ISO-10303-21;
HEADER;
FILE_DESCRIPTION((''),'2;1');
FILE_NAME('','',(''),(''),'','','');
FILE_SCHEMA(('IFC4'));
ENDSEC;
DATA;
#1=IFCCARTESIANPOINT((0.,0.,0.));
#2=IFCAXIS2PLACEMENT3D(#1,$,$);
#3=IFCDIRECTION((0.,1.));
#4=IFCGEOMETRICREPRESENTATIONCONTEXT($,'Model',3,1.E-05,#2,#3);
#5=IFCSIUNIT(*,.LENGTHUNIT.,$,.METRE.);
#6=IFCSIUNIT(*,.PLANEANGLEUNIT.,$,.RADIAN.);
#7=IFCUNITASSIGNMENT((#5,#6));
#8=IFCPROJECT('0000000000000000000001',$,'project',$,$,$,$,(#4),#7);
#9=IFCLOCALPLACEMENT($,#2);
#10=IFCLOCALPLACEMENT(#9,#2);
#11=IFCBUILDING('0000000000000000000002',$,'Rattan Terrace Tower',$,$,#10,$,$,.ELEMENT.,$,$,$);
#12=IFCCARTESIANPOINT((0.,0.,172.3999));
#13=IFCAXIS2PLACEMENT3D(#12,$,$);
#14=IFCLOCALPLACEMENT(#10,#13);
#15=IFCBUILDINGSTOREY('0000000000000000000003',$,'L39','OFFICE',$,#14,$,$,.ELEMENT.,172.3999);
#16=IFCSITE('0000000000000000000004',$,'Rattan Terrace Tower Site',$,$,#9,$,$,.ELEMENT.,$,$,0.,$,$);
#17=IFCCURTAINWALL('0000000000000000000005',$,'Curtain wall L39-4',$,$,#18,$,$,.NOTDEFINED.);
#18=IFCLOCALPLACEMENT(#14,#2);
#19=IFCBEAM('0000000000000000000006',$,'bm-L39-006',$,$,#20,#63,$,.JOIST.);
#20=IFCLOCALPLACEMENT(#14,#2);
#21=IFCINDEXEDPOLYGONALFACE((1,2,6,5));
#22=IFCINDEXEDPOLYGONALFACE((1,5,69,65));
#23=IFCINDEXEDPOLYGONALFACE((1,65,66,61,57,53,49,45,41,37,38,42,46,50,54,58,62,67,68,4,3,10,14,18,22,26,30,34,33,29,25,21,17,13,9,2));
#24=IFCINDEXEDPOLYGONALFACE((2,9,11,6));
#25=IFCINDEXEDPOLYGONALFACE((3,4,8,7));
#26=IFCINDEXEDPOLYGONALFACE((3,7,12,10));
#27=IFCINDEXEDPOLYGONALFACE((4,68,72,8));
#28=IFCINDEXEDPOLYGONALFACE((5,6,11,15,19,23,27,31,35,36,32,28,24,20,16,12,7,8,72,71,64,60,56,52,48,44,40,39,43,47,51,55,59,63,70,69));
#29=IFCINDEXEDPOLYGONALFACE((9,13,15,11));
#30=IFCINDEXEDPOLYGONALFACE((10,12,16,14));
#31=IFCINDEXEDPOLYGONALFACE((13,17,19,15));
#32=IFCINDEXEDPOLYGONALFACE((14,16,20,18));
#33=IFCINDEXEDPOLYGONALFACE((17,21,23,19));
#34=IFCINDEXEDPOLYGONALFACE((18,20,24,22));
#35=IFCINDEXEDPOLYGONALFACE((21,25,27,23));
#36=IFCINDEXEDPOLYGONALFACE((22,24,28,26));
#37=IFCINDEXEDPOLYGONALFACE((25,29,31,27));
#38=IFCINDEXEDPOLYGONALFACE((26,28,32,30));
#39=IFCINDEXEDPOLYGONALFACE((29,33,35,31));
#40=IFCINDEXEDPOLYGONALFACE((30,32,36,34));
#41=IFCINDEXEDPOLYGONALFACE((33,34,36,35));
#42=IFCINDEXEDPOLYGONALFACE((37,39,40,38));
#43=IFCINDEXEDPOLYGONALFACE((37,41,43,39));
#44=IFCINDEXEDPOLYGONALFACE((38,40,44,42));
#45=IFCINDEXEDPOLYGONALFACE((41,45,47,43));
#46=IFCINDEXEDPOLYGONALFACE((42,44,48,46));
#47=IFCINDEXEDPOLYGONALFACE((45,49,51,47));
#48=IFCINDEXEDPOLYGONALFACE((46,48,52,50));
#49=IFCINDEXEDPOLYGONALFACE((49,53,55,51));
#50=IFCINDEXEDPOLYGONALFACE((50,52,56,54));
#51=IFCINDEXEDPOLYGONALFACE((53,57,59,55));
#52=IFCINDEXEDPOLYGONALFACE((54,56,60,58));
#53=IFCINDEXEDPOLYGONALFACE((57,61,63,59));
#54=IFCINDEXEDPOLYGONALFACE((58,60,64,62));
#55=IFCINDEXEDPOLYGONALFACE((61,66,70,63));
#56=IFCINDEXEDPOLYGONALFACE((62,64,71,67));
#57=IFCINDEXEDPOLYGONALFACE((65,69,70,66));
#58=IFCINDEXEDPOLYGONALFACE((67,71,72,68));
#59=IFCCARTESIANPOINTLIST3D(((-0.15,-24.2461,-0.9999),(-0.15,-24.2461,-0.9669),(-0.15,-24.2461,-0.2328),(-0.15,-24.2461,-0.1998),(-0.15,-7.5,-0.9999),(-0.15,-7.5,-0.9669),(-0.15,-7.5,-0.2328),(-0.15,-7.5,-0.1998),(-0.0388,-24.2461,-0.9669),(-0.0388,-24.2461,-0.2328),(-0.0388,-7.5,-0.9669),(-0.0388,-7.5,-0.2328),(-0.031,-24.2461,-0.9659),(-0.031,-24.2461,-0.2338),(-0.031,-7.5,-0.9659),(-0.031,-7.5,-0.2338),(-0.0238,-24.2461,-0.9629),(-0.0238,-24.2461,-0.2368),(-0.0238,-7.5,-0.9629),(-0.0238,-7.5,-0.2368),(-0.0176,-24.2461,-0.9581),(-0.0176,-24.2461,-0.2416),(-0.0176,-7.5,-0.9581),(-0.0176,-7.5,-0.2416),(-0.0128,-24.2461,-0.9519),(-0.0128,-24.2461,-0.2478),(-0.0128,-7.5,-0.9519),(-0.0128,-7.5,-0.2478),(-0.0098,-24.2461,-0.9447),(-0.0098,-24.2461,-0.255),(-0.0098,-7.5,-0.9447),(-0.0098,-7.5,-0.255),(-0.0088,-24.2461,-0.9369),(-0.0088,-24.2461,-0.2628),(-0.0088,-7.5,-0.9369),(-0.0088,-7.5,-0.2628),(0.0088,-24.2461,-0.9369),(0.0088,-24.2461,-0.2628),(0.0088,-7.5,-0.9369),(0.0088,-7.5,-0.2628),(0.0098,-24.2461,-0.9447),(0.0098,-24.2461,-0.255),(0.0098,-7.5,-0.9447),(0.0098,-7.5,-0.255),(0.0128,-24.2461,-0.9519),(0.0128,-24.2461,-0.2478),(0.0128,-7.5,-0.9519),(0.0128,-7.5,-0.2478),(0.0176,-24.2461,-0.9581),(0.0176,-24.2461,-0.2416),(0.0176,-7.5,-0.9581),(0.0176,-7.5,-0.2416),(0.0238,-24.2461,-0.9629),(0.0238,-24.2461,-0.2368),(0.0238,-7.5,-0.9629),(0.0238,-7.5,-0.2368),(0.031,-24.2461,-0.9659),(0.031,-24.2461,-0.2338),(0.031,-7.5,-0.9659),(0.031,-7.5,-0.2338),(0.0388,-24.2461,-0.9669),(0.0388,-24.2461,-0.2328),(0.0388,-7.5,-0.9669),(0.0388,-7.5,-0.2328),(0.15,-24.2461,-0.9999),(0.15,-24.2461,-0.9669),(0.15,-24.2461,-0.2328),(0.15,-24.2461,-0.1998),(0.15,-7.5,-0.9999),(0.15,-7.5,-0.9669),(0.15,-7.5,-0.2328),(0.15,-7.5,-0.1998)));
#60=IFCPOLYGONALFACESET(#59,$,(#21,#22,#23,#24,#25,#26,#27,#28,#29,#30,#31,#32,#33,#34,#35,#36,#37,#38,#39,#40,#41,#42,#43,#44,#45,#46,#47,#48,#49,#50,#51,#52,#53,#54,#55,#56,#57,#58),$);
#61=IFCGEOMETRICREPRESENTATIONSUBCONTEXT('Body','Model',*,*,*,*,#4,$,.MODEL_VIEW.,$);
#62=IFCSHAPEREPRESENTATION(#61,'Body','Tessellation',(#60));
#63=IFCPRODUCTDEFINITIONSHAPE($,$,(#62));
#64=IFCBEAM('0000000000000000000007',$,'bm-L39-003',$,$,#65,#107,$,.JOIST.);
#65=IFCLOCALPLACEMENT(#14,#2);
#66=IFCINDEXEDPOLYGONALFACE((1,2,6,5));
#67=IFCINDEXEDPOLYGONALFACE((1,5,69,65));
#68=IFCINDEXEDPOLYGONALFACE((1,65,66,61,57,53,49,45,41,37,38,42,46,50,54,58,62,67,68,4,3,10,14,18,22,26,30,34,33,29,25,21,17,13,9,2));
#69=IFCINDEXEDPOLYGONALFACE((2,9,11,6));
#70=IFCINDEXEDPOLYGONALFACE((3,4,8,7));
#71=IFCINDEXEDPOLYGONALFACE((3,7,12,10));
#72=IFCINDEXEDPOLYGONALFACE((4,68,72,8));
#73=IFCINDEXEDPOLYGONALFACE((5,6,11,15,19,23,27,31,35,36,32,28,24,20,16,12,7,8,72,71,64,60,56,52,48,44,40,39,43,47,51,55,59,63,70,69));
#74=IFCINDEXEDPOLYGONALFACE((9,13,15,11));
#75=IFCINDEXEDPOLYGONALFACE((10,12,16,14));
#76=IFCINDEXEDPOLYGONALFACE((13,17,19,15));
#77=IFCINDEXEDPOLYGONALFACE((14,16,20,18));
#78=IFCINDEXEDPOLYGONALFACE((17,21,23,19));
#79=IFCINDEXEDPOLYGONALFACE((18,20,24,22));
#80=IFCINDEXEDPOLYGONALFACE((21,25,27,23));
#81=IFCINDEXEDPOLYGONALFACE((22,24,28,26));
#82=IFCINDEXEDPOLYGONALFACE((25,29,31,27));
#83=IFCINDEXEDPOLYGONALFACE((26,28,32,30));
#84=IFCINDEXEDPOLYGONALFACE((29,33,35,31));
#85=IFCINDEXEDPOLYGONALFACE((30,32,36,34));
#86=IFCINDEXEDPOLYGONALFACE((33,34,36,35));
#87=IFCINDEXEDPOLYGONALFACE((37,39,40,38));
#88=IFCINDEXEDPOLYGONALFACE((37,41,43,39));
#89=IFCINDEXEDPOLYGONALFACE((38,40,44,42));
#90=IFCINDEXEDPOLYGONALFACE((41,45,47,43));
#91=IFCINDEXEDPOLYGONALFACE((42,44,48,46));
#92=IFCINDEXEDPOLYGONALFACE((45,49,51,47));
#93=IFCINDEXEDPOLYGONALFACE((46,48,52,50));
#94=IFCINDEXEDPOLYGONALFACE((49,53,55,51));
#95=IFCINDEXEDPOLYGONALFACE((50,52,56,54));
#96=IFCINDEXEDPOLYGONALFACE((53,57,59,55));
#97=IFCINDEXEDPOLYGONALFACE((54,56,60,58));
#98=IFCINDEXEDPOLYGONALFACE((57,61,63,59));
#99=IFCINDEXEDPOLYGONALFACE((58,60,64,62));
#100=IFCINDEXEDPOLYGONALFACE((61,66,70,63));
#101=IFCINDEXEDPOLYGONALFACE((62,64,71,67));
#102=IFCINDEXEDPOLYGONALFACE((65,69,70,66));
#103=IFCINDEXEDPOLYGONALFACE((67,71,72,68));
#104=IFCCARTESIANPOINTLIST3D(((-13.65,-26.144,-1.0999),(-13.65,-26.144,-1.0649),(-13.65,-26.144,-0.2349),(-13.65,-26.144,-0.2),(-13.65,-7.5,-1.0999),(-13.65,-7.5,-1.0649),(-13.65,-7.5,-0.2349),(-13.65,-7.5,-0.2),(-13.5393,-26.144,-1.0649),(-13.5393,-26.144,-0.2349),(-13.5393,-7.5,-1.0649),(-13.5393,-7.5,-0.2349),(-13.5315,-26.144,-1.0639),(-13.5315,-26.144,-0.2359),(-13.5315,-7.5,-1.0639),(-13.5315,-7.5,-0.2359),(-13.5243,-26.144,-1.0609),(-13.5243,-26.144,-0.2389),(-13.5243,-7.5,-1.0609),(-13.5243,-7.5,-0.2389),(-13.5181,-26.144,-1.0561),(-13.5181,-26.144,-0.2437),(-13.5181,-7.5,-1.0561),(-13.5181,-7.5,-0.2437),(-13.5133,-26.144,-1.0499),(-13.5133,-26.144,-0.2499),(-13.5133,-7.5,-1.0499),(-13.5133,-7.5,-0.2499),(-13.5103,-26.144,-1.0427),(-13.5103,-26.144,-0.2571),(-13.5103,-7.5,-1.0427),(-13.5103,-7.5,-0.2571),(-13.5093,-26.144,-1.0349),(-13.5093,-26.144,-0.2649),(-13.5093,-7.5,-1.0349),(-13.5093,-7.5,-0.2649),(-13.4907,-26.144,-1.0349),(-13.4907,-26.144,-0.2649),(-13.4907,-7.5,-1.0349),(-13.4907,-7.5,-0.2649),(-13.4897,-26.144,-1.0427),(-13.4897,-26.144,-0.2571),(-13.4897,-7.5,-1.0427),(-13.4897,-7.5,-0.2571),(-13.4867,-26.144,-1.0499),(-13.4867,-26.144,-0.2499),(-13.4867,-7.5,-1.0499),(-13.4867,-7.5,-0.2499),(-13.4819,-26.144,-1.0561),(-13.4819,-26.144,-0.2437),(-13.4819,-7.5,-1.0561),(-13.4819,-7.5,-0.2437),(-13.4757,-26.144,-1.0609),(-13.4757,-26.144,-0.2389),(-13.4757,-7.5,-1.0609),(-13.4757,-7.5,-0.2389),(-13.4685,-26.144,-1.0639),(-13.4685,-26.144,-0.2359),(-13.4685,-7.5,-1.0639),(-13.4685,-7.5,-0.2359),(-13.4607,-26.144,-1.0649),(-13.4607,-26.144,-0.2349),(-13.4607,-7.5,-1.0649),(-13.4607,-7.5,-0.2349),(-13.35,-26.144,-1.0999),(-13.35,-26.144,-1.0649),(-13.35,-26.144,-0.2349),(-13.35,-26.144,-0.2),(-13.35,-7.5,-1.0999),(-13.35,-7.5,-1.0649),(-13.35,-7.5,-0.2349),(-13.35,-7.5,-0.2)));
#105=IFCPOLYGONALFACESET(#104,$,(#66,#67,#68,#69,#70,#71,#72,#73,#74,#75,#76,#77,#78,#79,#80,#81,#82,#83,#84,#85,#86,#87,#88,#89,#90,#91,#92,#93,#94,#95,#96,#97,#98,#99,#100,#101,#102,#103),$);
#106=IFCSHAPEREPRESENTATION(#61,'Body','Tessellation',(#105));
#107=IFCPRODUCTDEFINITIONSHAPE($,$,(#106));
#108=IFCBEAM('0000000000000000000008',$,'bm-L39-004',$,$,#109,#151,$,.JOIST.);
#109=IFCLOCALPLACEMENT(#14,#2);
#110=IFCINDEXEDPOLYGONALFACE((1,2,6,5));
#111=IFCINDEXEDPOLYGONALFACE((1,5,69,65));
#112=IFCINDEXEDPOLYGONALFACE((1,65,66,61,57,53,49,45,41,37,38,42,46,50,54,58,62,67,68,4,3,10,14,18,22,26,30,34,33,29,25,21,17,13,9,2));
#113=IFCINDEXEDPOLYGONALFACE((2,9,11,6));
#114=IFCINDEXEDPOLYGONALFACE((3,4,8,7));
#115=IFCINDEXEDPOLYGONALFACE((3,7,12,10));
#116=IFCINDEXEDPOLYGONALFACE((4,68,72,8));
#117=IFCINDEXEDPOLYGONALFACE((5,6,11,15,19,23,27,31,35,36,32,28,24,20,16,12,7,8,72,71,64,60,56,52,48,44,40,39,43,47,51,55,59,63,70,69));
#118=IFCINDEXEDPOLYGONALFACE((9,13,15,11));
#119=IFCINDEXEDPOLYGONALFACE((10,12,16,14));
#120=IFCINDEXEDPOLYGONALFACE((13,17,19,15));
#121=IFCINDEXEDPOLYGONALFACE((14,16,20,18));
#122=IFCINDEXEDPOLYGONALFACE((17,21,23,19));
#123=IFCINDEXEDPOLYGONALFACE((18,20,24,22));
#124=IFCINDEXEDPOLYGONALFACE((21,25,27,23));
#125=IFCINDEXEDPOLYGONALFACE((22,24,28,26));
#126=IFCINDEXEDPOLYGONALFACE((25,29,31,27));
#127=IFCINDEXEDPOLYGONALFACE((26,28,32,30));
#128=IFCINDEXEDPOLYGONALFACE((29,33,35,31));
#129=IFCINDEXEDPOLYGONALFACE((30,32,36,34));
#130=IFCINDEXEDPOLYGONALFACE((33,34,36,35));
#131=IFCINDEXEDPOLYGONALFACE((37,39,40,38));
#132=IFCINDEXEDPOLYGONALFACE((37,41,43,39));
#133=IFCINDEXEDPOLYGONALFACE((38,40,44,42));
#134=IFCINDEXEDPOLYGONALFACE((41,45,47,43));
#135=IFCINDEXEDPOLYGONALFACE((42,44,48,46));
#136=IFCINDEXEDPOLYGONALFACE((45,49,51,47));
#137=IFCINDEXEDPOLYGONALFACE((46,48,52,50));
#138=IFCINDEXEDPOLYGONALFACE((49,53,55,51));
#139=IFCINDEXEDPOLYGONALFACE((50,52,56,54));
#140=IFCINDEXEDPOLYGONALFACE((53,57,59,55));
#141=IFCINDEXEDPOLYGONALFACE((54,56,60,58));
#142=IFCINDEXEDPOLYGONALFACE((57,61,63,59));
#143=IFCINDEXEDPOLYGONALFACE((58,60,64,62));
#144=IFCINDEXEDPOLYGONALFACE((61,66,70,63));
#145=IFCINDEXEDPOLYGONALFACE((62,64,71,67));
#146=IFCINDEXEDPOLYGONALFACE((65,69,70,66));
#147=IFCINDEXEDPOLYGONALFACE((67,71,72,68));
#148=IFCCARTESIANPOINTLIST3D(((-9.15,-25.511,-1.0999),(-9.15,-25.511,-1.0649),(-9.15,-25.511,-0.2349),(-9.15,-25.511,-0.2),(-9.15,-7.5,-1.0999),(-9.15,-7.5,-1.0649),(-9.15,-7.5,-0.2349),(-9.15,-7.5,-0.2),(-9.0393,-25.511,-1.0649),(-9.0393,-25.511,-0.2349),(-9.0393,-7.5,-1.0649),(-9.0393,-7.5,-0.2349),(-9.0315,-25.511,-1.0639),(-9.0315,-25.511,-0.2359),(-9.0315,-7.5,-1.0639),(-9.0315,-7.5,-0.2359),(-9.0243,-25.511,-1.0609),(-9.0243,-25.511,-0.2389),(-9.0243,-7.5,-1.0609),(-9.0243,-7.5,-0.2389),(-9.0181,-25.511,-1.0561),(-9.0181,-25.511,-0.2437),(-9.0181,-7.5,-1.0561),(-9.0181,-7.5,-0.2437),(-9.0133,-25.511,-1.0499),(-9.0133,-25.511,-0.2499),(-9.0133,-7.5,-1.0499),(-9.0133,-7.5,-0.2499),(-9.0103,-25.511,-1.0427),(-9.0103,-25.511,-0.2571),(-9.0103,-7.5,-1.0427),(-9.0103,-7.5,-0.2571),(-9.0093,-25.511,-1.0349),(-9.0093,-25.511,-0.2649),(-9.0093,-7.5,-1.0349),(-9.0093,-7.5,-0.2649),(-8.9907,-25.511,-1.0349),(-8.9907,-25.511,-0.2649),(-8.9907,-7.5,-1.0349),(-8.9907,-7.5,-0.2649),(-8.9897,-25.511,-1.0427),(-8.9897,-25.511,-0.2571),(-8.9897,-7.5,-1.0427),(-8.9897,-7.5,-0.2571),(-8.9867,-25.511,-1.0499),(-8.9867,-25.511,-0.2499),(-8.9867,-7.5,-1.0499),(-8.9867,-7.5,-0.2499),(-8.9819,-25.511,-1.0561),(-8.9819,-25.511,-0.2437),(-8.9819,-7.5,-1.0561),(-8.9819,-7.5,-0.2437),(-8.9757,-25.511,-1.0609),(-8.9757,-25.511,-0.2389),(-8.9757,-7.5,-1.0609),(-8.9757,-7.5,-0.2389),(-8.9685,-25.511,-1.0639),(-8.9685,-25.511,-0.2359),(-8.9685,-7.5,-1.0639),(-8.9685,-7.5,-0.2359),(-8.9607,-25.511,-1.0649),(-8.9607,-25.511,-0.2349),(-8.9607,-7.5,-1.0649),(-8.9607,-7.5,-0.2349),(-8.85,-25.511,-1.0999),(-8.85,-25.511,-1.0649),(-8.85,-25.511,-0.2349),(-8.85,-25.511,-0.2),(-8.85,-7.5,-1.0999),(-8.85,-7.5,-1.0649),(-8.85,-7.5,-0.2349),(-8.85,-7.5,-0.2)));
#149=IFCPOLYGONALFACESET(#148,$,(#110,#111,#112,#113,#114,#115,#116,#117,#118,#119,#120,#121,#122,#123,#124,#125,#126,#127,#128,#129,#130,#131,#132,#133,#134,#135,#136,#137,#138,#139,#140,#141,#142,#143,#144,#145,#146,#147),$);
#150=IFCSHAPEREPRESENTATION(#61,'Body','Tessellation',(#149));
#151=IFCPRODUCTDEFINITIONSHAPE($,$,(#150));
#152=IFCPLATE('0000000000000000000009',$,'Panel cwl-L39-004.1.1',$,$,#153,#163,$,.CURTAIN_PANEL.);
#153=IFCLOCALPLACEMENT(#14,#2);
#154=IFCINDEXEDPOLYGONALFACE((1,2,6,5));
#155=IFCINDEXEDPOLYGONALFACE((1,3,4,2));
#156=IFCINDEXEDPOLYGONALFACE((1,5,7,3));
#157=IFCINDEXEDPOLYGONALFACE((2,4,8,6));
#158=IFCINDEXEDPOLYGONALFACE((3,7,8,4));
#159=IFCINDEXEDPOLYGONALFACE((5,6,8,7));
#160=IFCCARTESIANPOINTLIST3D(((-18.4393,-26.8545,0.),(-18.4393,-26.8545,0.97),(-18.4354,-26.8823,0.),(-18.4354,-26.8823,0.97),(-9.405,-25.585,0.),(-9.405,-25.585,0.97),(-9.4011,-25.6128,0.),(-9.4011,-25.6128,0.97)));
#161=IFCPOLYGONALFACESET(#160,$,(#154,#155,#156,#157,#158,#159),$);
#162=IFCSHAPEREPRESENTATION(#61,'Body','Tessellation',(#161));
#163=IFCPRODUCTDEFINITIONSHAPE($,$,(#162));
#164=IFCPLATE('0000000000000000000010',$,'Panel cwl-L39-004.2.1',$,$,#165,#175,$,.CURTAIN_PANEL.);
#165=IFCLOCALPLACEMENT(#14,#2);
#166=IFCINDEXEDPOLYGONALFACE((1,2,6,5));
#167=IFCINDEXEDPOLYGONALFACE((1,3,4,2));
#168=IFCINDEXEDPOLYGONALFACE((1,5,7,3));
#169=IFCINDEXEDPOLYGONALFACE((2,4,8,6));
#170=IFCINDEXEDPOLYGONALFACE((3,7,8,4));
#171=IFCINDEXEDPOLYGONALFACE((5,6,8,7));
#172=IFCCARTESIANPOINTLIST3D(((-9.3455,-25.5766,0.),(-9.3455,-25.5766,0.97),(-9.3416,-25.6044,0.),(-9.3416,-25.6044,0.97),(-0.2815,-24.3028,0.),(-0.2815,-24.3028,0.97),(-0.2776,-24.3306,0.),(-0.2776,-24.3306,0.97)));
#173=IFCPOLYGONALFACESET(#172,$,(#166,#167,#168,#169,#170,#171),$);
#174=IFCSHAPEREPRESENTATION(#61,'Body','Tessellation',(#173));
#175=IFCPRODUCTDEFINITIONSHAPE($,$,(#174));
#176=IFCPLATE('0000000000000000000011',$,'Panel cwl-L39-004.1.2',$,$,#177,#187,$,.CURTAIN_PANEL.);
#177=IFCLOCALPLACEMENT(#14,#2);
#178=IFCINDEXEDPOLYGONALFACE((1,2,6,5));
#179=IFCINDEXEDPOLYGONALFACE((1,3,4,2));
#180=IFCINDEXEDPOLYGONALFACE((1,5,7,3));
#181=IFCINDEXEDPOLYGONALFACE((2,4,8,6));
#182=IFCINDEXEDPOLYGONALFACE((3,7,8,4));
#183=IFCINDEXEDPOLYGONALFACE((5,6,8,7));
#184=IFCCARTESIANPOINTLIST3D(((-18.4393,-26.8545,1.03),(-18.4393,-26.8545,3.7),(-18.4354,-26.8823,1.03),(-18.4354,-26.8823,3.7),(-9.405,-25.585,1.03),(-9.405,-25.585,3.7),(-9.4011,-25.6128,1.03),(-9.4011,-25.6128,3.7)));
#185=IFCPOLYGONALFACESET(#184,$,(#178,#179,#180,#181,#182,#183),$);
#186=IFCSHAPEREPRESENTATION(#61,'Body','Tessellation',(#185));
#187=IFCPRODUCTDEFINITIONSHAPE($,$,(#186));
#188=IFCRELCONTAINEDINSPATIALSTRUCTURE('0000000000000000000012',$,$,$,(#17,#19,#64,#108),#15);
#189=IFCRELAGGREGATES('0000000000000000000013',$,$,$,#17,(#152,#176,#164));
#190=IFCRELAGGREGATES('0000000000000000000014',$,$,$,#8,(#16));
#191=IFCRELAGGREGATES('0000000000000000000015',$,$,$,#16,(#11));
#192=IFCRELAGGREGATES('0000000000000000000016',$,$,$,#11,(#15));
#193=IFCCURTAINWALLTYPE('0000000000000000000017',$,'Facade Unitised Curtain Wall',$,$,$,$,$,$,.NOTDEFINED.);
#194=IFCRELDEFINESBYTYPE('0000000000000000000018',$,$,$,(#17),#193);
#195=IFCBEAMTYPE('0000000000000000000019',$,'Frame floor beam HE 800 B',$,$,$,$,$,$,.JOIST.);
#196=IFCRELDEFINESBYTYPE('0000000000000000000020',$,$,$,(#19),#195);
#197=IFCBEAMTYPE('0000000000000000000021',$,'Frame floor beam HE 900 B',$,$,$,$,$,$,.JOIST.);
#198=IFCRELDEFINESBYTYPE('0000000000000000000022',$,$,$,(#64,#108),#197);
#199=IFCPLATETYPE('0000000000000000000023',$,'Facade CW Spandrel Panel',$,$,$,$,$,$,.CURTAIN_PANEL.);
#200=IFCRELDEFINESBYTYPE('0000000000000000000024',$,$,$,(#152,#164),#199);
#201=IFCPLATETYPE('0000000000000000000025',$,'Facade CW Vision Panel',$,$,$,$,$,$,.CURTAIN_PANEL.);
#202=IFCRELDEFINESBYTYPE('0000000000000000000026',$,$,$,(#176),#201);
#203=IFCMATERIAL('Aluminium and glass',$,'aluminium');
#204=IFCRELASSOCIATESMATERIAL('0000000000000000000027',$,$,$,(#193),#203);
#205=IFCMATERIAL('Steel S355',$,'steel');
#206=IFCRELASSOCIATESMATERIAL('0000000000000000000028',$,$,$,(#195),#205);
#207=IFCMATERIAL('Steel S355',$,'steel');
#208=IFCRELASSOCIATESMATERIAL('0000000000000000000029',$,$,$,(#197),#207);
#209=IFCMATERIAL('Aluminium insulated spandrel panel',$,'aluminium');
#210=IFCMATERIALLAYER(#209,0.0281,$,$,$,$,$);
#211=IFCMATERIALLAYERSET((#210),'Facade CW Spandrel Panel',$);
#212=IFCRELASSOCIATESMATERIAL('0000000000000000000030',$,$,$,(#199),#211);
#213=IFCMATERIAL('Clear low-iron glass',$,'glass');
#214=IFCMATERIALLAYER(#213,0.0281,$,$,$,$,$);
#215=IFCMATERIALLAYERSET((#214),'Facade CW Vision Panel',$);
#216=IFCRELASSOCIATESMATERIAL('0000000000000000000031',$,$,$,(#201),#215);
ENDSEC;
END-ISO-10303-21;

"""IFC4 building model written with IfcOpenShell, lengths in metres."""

from ifc_helpers import new_model, si_unit, direction, frame, origin, origin_2d, place, context, subcontext, project, spatial, rectangle, i_section, extrude, material, layer, layer_set, material_profile, profile_set, type_object, element, aggregate, save


model = new_model("IFC4")

# Units and contexts
model_context = context("Model", 3, precision=1e-05, world=origin(), true_north=direction((0.0, 1.0)))
body_context = subcontext(model_context, "Body", "Model", "MODEL_VIEW")
ifc_project = project(units=[si_unit("LENGTHUNIT", "METRE"), si_unit("PLANEANGLEUNIT", "RADIAN")], contexts=[model_context])

# Site, building, storey
site_placement = place(None, origin())
site = spatial("IfcSite", under=ifc_project, at=site_placement, Name="Rattan Terrace Tower Site", CompositionType="ELEMENT", RefElevation=0.0)
building_placement = place(site_placement, origin())
building = spatial("IfcBuilding", under=site, at=building_placement, Name="Rattan Terrace Tower", CompositionType="ELEMENT")
storey_placement = place(building_placement, frame((0.0, 0.0, 172.3999)))
storey = spatial("IfcBuildingStorey", under=building, at=storey_placement, Name="L39", Description="OFFICE", CompositionType="ELEMENT", Elevation=172.3999)

# Curtain wall
ifc_material_1 = material(Name="Aluminium and glass", Category="aluminium")
curtain_wall_type = type_object("IfcCurtainWallType", Name="Facade Unitised Curtain Wall", PredefinedType="NOTDEFINED", material=ifc_material_1)
curtain_wall_placement = place(storey_placement, origin())
curtain_wall = element("IfcCurtainWall", 1, at=curtain_wall_placement, inside=storey, type_object=curtain_wall_type, Name="Curtain wall L39-4", PredefinedType="NOTDEFINED")

# Beams
ifc_material_2 = material(Name="Steel S355", Category="steel")
ifc_material_profile_1 = material_profile(ifc_material_2, i_section(OverallWidth=0.3, OverallDepth=0.8, WebThickness=0.0176, FlangeThickness=0.033, FilletRadius=0.03, at=origin_2d()), Name="HE 800 B")
ifc_profile_set_1 = profile_set([ifc_material_profile_1], Name="Steel S355")
beam_type_1 = type_object("IfcBeamType", Name="Frame floor beam HE 800 B", PredefinedType="JOIST", material=ifc_profile_set_1)
beam_1_placement = place(storey_placement, frame((0.0, -24.2461, -0.5999), z_axis=(0.0, 1.0, 0.0), x_axis=(-1.0, 0.0, 0.0)))
element("IfcBeam", 2, at=beam_1_placement, inside=storey, type_object=beam_type_1, Name="bm-L39-006", PredefinedType="JOIST", context=body_context, shape_type="SweptSolid", body=[
    extrude(i_section(OverallWidth=0.3, OverallDepth=0.8, WebThickness=0.0176, FlangeThickness=0.033, FilletRadius=0.03, at=origin_2d()), origin(), (0.0, 0.0, 1.0), 16.7461),
])
ifc_material_3 = material(Name="Steel S355", Category="steel")
ifc_material_profile_2 = material_profile(ifc_material_3, i_section(OverallWidth=0.3, OverallDepth=0.8999, WebThickness=0.0186, FlangeThickness=0.0349, FilletRadius=0.03, at=origin_2d()), Name="HE 900 B")
ifc_profile_set_2 = profile_set([ifc_material_profile_2], Name="Steel S355")
beam_type_2 = type_object("IfcBeamType", Name="Frame floor beam HE 900 B", PredefinedType="JOIST", material=ifc_profile_set_2)
beam_2_placement = place(storey_placement, frame((-13.5, -26.144, -0.6499), z_axis=(0.0, 1.0, 0.0), x_axis=(-1.0, 0.0, 0.0)))
element("IfcBeam", 3, at=beam_2_placement, inside=storey, type_object=beam_type_2, Name="bm-L39-003", PredefinedType="JOIST", context=body_context, shape_type="SweptSolid", body=[
    extrude(i_section(OverallWidth=0.3, OverallDepth=0.8999, WebThickness=0.0186, FlangeThickness=0.0349, FilletRadius=0.03, at=origin_2d()), origin(), (0.0, 0.0, 1.0), 18.644),
])
beam_3_placement = place(storey_placement, frame((-9.0, -25.511, -0.6499), z_axis=(0.0, 1.0, 0.0), x_axis=(-1.0, 0.0, 0.0)))
element("IfcBeam", 4, at=beam_3_placement, inside=storey, type_object=beam_type_2, Name="bm-L39-004", PredefinedType="JOIST", context=body_context, shape_type="SweptSolid", body=[
    extrude(i_section(OverallWidth=0.3, OverallDepth=0.8999, WebThickness=0.0186, FlangeThickness=0.0349, FilletRadius=0.03, at=origin_2d()), origin(), (0.0, 0.0, 1.0), 18.011),
])

# Plates
ifc_material_4 = material(Name="Aluminium insulated spandrel panel", Category="aluminium")
ifc_layer_1 = layer(ifc_material_4, 0.0281)
ifc_layer_set_1 = layer_set([ifc_layer_1], Name="Facade CW Spandrel Panel")
plate_type_1 = type_object("IfcPlateType", Name="Facade CW Spandrel Panel", PredefinedType="CURTAIN_PANEL", material=ifc_layer_set_1)
plate_1_placement = place(storey_placement, frame((-13.9202, -26.2336, 0.0), z_axis=(0.0, 0.0, 1.0), x_axis=(0.99027, 0.139161, 0.0)))
plate_1 = element("IfcPlate", 5, at=plate_1_placement, type_object=plate_type_1, Name="Panel cwl-L39-004.1.1", PredefinedType="CURTAIN_PANEL", context=body_context, shape_type="SweptSolid", body=[
    extrude(rectangle(XDim=9.123, YDim=0.0281, at=origin_2d()), origin(), (0.0, 0.0, 1.0), 0.97),
])
plate_2_placement = place(storey_placement, frame((-4.8115, -24.9536, 0.0), z_axis=(0.0, 0.0, 1.0), x_axis=(0.99027, 0.139161, 0.0)))
plate_2 = element("IfcPlate", 6, at=plate_2_placement, type_object=plate_type_1, Name="Panel cwl-L39-004.2.1", PredefinedType="CURTAIN_PANEL", context=body_context, shape_type="SweptSolid", body=[
    extrude(rectangle(XDim=9.1531, YDim=0.0281, at=origin_2d()), origin(), (0.0, 0.0, 1.0), 0.97),
])
ifc_material_5 = material(Name="Clear low-iron glass", Category="glass")
ifc_layer_2 = layer(ifc_material_5, 0.0281)
ifc_layer_set_2 = layer_set([ifc_layer_2], Name="Facade CW Vision Panel")
plate_type_2 = type_object("IfcPlateType", Name="Facade CW Vision Panel", PredefinedType="CURTAIN_PANEL", material=ifc_layer_set_2)
plate_3_placement = place(storey_placement, frame((-13.9202, -26.2336, 1.03), z_axis=(0.0, 0.0, 1.0), x_axis=(0.99027, 0.139161, 0.0)))
plate_3 = element("IfcPlate", 7, at=plate_3_placement, type_object=plate_type_2, Name="Panel cwl-L39-004.1.2", PredefinedType="CURTAIN_PANEL", context=body_context, shape_type="SweptSolid", body=[
    extrude(rectangle(XDim=9.123, YDim=0.0281, at=origin_2d()), origin(), (0.0, 0.0, 1.0), 2.6699),
])
aggregate(curtain_wall, [plate_1, plate_3, plate_2])

save(model, "model.ifc")
